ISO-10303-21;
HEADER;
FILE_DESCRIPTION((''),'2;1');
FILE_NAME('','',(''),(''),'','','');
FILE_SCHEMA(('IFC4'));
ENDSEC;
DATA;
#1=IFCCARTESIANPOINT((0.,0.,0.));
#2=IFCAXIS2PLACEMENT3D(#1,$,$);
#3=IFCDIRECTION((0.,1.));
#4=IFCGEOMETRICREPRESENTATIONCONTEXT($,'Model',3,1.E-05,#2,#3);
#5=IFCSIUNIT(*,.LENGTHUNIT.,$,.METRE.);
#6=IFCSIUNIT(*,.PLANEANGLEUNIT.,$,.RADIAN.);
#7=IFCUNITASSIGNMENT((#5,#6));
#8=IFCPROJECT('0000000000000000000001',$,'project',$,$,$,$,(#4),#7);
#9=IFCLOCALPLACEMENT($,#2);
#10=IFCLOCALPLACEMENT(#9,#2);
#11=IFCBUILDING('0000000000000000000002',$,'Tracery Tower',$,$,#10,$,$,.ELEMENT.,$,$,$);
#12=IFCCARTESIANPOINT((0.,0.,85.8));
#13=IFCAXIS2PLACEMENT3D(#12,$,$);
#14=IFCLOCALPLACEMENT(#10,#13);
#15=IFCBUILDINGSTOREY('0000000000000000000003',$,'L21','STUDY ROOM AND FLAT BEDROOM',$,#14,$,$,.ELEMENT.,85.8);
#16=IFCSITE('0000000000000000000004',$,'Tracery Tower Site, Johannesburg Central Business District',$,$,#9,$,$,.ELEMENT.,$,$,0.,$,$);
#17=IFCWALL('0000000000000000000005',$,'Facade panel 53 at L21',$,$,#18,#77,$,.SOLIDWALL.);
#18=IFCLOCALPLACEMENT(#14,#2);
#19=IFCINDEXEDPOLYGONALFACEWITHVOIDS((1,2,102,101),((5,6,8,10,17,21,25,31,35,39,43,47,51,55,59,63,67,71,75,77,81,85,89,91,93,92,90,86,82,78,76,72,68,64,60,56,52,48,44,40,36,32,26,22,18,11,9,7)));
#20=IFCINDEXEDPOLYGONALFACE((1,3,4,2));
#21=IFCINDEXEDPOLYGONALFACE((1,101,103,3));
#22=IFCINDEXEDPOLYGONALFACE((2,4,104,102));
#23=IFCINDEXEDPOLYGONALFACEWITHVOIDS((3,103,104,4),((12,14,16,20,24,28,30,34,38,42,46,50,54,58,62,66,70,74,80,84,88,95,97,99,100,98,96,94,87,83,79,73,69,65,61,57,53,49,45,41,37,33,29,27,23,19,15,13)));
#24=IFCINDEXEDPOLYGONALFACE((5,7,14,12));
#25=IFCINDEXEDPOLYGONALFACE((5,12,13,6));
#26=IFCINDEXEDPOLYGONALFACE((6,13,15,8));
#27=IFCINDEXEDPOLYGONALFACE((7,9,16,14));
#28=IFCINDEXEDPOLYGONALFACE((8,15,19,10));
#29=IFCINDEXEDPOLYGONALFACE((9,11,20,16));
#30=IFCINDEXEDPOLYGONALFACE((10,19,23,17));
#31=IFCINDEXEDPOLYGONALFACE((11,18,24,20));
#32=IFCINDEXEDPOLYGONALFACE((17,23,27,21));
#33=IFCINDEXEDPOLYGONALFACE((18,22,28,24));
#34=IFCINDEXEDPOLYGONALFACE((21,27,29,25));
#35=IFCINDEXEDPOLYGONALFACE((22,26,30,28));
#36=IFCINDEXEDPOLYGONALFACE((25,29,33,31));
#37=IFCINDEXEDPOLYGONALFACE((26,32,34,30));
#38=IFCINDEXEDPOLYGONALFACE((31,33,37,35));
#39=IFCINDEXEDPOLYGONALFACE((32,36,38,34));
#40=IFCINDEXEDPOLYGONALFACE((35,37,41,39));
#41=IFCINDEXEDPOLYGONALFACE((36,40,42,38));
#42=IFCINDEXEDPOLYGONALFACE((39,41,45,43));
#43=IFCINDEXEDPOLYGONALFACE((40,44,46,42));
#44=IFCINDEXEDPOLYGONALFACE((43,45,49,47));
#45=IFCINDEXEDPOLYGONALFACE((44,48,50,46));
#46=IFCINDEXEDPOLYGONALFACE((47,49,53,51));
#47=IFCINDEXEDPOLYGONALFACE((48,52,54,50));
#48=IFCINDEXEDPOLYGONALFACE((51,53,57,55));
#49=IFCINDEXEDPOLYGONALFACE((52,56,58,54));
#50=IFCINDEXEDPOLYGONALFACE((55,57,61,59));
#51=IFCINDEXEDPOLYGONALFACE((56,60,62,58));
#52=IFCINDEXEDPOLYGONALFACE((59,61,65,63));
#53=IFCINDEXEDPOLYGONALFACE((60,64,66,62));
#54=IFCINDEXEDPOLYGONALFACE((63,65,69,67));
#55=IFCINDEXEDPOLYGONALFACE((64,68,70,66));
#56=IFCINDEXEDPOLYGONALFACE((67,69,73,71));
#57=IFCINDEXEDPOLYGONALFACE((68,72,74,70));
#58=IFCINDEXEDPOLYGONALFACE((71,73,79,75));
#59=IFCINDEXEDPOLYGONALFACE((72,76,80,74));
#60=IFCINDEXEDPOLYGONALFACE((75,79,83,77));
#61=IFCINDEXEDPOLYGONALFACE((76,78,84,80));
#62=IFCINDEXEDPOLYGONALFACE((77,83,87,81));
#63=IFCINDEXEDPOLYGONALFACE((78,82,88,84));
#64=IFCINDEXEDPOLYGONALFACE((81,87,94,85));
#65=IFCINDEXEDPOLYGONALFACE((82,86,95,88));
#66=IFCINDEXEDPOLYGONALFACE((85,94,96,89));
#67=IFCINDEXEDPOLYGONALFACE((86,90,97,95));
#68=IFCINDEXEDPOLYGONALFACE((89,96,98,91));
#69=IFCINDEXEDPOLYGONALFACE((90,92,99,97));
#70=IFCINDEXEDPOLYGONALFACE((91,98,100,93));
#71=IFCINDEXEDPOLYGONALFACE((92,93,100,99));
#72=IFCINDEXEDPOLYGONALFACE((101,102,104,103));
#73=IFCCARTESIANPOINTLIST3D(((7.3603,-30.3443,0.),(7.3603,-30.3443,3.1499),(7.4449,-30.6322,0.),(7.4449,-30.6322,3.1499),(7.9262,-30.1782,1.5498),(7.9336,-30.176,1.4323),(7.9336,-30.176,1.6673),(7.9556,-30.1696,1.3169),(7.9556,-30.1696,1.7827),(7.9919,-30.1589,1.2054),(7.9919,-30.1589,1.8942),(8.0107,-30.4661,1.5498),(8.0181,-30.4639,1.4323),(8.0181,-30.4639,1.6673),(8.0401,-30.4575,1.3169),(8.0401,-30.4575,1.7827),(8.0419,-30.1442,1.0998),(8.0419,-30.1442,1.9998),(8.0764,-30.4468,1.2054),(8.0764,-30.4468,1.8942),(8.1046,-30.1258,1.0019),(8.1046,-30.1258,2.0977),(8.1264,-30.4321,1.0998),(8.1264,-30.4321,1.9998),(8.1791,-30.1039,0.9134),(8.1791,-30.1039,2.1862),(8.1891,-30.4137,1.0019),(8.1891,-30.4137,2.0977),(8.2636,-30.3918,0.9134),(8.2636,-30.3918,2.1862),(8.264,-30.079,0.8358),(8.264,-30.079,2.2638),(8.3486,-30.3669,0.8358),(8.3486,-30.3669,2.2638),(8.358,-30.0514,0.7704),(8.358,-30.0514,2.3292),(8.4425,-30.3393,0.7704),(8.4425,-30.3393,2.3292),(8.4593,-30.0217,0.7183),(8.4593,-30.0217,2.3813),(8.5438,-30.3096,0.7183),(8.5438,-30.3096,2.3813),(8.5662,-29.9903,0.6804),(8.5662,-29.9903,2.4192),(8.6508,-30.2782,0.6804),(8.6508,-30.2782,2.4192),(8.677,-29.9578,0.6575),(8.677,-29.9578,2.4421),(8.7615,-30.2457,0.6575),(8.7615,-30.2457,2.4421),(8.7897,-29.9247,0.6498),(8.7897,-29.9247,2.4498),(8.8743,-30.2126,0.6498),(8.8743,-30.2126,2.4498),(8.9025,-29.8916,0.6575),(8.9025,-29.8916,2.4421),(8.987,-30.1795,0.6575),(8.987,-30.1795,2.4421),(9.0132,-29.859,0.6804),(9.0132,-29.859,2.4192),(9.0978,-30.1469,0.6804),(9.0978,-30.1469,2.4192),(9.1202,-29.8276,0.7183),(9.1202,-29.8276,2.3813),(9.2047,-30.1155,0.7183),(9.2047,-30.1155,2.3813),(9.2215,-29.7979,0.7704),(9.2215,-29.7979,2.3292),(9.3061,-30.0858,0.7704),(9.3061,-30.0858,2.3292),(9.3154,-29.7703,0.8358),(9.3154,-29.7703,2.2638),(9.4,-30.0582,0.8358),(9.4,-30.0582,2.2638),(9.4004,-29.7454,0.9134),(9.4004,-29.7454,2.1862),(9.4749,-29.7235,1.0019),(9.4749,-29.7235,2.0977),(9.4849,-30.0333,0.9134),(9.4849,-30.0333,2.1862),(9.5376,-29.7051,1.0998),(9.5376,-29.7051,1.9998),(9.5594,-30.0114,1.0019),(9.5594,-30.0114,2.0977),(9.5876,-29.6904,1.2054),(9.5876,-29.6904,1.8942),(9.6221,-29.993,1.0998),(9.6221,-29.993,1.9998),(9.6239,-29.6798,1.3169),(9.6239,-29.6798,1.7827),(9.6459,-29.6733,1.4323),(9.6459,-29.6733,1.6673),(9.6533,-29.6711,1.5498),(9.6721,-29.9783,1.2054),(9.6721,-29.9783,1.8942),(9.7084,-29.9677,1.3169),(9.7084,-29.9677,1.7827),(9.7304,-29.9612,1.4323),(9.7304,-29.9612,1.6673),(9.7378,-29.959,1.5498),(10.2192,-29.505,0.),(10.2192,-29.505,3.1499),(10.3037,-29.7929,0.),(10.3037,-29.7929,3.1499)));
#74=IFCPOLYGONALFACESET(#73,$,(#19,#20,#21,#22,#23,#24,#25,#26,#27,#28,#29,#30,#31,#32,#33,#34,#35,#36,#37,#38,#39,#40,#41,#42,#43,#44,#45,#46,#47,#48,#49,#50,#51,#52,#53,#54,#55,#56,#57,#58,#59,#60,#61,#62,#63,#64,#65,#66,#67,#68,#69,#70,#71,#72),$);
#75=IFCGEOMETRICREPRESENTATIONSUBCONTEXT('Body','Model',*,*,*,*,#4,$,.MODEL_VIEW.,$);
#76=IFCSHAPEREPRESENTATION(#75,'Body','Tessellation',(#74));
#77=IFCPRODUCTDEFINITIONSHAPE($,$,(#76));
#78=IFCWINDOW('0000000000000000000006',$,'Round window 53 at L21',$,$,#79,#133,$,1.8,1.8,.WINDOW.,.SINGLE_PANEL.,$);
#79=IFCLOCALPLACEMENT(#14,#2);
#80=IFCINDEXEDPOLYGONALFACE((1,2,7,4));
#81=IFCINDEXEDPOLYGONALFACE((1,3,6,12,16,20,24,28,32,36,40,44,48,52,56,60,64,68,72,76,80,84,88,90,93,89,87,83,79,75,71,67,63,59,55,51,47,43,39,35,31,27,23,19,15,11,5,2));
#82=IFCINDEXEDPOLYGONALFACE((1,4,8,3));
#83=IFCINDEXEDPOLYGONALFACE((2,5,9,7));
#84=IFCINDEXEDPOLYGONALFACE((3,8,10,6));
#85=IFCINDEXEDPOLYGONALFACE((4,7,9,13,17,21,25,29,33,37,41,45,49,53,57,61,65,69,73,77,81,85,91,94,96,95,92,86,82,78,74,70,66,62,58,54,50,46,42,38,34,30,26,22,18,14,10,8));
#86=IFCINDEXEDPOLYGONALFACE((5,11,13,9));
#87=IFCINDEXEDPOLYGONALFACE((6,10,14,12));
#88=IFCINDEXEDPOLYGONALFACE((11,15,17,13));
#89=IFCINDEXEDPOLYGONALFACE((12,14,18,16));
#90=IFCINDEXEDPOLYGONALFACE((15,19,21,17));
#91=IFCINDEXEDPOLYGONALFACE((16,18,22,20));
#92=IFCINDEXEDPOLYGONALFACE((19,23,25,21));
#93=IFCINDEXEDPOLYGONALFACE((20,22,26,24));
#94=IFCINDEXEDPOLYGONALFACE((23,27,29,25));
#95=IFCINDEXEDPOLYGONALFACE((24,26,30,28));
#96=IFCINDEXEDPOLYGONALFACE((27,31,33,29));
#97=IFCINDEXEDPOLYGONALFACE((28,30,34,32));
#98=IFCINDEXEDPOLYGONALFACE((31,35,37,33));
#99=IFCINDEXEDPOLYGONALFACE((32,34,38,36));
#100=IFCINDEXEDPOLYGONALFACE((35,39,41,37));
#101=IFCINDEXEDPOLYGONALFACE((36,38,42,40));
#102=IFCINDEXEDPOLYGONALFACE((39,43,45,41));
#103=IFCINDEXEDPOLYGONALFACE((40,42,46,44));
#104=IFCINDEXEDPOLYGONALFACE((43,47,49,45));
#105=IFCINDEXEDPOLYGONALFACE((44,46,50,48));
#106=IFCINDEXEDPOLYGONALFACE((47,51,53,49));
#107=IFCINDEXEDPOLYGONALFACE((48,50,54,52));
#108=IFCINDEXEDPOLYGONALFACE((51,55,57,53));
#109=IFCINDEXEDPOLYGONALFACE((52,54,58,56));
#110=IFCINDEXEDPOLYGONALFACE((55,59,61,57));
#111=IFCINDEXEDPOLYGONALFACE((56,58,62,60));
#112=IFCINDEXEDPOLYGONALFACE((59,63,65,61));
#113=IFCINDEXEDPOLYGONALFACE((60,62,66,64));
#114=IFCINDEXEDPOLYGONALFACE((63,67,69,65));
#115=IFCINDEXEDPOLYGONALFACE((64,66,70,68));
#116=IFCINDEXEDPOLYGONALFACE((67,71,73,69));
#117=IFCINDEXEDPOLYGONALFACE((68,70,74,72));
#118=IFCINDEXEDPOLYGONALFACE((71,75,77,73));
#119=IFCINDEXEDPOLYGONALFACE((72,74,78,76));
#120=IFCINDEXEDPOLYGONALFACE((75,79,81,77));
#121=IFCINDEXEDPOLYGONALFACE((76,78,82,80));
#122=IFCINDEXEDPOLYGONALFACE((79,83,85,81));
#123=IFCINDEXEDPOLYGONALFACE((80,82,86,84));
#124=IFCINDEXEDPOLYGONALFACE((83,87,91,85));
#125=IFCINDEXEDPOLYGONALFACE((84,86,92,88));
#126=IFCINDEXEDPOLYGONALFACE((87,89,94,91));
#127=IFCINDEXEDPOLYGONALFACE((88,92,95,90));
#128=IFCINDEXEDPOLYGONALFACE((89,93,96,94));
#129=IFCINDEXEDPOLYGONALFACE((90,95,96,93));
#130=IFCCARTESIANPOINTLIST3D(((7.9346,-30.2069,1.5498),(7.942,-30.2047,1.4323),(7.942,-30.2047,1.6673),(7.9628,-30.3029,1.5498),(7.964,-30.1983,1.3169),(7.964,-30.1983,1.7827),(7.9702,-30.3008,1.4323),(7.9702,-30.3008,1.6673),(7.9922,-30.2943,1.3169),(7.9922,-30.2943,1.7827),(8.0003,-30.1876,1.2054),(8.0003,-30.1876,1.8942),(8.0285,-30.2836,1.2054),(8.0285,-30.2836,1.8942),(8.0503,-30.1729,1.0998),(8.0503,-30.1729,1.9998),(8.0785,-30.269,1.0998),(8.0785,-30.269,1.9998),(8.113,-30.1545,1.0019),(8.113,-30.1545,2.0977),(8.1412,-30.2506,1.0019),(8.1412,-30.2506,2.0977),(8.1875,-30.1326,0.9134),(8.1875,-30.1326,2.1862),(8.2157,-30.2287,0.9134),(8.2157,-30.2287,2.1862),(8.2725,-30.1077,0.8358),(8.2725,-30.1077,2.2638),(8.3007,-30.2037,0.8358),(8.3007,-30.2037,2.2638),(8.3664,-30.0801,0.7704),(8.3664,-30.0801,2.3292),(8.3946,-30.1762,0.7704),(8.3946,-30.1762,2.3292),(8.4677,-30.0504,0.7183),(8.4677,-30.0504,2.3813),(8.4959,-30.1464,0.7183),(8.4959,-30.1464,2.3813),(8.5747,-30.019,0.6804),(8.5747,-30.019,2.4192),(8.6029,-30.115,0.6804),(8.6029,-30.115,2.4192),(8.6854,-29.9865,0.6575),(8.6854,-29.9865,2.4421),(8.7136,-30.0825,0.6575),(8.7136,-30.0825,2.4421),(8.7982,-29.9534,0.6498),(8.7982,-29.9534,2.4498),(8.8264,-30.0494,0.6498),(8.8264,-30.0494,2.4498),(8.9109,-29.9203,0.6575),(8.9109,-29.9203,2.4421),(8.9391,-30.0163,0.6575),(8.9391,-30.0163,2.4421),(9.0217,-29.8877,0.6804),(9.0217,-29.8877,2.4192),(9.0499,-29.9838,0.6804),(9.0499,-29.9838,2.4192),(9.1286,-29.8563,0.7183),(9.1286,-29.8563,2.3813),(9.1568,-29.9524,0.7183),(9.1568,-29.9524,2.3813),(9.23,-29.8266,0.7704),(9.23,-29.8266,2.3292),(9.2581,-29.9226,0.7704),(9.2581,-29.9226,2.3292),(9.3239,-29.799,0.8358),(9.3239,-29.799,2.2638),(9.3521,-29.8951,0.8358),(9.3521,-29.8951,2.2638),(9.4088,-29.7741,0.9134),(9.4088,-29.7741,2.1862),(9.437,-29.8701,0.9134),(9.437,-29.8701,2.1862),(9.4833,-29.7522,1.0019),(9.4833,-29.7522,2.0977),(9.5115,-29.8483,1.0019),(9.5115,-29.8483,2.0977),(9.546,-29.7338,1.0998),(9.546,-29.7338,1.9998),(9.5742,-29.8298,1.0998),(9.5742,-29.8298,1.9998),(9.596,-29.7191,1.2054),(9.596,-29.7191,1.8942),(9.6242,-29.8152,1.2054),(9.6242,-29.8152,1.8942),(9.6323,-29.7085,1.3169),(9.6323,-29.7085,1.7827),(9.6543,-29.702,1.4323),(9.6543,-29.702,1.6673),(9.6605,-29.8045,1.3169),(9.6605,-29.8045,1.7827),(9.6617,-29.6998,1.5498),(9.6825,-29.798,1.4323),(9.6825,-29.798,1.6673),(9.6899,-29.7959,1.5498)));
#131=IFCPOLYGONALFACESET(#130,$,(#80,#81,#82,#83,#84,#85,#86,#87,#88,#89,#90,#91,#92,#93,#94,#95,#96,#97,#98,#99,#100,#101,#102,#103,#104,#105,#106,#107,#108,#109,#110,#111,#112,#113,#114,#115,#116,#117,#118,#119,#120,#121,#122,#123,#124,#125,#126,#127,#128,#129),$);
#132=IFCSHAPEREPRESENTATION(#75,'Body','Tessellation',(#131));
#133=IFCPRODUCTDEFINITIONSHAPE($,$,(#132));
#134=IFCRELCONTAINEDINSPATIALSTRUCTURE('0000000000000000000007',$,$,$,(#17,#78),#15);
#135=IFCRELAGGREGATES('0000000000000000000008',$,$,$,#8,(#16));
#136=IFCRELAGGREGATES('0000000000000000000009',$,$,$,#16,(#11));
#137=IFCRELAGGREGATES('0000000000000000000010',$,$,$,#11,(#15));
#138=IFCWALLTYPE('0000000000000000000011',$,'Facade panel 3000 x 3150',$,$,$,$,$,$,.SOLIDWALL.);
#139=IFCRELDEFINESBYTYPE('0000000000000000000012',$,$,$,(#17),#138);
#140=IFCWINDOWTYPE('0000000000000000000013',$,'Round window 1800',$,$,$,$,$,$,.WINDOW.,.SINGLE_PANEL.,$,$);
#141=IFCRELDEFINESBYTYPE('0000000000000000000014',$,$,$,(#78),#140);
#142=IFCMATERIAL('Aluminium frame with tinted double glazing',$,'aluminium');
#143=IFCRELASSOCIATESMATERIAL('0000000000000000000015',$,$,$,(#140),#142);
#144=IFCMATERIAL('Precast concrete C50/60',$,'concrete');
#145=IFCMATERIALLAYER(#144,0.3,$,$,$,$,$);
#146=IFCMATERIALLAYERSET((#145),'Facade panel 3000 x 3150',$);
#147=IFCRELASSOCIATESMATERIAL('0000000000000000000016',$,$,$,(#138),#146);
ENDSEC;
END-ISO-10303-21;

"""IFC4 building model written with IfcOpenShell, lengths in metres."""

from ifc_helpers import new_model, si_unit, direction, frame, frame_2d, origin, origin_2d, place, context, subcontext, project, spatial, rectangle, circle, extrude, material, layer, layer_set, type_object, element, fill, save


model = new_model("IFC4")

# Units and contexts
model_context = context("Model", 3, precision=1e-05, world=origin(), true_north=direction((0.0, 1.0)))
body_context = subcontext(model_context, "Body", "Model", "MODEL_VIEW")
ifc_project = project(units=[si_unit("LENGTHUNIT", "METRE"), si_unit("PLANEANGLEUNIT", "RADIAN")], contexts=[model_context])

# Site, building, storey
site_placement = place(None, origin())
site = spatial("IfcSite", under=ifc_project, at=site_placement, Name="Tracery Tower Site, Johannesburg Central Business District", CompositionType="ELEMENT", RefElevation=0.0)
building_placement = place(site_placement, origin())
building = spatial("IfcBuilding", under=site, at=building_placement, Name="Tracery Tower", CompositionType="ELEMENT")
storey_placement = place(building_placement, frame((0.0, 0.0, 85.8)))
storey = spatial("IfcBuildingStorey", under=building, at=storey_placement, Name="L21", Description="STUDY ROOM AND FLAT BEDROOM", CompositionType="ELEMENT", Elevation=85.8)

# Wall, opening, window
ifc_material_1 = material(Name="Aluminium frame with tinted double glazing", Category="aluminium")
window_type = type_object("IfcWindowType", Name="Round window 1800", PartitioningType="SINGLE_PANEL", PredefinedType="WINDOW", material=ifc_material_1)
ifc_material_2 = material(Name="Precast concrete C50/60", Category="concrete")
ifc_layer_1 = layer(ifc_material_2, 0.3)
ifc_layer_set_1 = layer_set([ifc_layer_1], Name="Facade panel 3000 x 3150")
wall_type_1 = type_object("IfcWallType", Name="Facade panel 3000 x 3150", PredefinedType="SOLIDWALL", material=ifc_layer_set_1)
wall_1_placement = place(storey_placement, frame((7.4026, -30.4883, 0.0), z_axis=(0.0, 0.0, 1.0), x_axis=(0.959501, 0.281705, 0.0)))
wall_1 = element("IfcWall", 1, at=wall_1_placement, inside=storey, type_object=wall_type_1, Name="Facade panel 53 at L21", PredefinedType="SOLIDWALL", context=body_context, shape_type="SweptSolid", body=[
    extrude(rectangle(XDim=2.9795, YDim=0.3, at=frame_2d((1.4897, 0.0))), origin(), (0.0, 0.0, 1.0), 3.1499),
])
opening_1_placement = place(wall_1_placement, frame((1.4897, 0.0, 1.5498)))
opening_1 = element("IfcOpeningElement", 2, at=opening_1_placement, cuts=wall_1, PredefinedType="OPENING", context=body_context, shape_type="SweptSolid", body=[
    extrude(circle(Radius=0.9, at=origin_2d()), frame((0.0, 0.1599, 0.0), z_axis=(0.0, -1.0, 0.0), x_axis=(1.0, 0.0, 0.0)), (0.0, 0.0, 1.0), 0.3201),
])
window_1_placement = place(opening_1_placement, origin())
window_1 = element("IfcWindow", 3, at=window_1_placement, inside=storey, type_object=window_type, Name="Round window 53 at L21", OverallHeight=1.8, OverallWidth=1.8, PartitioningType="SINGLE_PANEL", PredefinedType="WINDOW", context=body_context, shape_type="SweptSolid", body=[
    extrude(circle(Radius=0.9, at=origin_2d()), frame((0.0, 0.1201, 0.0), z_axis=(0.0, -1.0, 0.0), x_axis=(1.0, 0.0, 0.0)), (0.0, 0.0, 1.0), 0.1001),
])
fill(opening_1, window_1)

save(model, "model.ifc")
